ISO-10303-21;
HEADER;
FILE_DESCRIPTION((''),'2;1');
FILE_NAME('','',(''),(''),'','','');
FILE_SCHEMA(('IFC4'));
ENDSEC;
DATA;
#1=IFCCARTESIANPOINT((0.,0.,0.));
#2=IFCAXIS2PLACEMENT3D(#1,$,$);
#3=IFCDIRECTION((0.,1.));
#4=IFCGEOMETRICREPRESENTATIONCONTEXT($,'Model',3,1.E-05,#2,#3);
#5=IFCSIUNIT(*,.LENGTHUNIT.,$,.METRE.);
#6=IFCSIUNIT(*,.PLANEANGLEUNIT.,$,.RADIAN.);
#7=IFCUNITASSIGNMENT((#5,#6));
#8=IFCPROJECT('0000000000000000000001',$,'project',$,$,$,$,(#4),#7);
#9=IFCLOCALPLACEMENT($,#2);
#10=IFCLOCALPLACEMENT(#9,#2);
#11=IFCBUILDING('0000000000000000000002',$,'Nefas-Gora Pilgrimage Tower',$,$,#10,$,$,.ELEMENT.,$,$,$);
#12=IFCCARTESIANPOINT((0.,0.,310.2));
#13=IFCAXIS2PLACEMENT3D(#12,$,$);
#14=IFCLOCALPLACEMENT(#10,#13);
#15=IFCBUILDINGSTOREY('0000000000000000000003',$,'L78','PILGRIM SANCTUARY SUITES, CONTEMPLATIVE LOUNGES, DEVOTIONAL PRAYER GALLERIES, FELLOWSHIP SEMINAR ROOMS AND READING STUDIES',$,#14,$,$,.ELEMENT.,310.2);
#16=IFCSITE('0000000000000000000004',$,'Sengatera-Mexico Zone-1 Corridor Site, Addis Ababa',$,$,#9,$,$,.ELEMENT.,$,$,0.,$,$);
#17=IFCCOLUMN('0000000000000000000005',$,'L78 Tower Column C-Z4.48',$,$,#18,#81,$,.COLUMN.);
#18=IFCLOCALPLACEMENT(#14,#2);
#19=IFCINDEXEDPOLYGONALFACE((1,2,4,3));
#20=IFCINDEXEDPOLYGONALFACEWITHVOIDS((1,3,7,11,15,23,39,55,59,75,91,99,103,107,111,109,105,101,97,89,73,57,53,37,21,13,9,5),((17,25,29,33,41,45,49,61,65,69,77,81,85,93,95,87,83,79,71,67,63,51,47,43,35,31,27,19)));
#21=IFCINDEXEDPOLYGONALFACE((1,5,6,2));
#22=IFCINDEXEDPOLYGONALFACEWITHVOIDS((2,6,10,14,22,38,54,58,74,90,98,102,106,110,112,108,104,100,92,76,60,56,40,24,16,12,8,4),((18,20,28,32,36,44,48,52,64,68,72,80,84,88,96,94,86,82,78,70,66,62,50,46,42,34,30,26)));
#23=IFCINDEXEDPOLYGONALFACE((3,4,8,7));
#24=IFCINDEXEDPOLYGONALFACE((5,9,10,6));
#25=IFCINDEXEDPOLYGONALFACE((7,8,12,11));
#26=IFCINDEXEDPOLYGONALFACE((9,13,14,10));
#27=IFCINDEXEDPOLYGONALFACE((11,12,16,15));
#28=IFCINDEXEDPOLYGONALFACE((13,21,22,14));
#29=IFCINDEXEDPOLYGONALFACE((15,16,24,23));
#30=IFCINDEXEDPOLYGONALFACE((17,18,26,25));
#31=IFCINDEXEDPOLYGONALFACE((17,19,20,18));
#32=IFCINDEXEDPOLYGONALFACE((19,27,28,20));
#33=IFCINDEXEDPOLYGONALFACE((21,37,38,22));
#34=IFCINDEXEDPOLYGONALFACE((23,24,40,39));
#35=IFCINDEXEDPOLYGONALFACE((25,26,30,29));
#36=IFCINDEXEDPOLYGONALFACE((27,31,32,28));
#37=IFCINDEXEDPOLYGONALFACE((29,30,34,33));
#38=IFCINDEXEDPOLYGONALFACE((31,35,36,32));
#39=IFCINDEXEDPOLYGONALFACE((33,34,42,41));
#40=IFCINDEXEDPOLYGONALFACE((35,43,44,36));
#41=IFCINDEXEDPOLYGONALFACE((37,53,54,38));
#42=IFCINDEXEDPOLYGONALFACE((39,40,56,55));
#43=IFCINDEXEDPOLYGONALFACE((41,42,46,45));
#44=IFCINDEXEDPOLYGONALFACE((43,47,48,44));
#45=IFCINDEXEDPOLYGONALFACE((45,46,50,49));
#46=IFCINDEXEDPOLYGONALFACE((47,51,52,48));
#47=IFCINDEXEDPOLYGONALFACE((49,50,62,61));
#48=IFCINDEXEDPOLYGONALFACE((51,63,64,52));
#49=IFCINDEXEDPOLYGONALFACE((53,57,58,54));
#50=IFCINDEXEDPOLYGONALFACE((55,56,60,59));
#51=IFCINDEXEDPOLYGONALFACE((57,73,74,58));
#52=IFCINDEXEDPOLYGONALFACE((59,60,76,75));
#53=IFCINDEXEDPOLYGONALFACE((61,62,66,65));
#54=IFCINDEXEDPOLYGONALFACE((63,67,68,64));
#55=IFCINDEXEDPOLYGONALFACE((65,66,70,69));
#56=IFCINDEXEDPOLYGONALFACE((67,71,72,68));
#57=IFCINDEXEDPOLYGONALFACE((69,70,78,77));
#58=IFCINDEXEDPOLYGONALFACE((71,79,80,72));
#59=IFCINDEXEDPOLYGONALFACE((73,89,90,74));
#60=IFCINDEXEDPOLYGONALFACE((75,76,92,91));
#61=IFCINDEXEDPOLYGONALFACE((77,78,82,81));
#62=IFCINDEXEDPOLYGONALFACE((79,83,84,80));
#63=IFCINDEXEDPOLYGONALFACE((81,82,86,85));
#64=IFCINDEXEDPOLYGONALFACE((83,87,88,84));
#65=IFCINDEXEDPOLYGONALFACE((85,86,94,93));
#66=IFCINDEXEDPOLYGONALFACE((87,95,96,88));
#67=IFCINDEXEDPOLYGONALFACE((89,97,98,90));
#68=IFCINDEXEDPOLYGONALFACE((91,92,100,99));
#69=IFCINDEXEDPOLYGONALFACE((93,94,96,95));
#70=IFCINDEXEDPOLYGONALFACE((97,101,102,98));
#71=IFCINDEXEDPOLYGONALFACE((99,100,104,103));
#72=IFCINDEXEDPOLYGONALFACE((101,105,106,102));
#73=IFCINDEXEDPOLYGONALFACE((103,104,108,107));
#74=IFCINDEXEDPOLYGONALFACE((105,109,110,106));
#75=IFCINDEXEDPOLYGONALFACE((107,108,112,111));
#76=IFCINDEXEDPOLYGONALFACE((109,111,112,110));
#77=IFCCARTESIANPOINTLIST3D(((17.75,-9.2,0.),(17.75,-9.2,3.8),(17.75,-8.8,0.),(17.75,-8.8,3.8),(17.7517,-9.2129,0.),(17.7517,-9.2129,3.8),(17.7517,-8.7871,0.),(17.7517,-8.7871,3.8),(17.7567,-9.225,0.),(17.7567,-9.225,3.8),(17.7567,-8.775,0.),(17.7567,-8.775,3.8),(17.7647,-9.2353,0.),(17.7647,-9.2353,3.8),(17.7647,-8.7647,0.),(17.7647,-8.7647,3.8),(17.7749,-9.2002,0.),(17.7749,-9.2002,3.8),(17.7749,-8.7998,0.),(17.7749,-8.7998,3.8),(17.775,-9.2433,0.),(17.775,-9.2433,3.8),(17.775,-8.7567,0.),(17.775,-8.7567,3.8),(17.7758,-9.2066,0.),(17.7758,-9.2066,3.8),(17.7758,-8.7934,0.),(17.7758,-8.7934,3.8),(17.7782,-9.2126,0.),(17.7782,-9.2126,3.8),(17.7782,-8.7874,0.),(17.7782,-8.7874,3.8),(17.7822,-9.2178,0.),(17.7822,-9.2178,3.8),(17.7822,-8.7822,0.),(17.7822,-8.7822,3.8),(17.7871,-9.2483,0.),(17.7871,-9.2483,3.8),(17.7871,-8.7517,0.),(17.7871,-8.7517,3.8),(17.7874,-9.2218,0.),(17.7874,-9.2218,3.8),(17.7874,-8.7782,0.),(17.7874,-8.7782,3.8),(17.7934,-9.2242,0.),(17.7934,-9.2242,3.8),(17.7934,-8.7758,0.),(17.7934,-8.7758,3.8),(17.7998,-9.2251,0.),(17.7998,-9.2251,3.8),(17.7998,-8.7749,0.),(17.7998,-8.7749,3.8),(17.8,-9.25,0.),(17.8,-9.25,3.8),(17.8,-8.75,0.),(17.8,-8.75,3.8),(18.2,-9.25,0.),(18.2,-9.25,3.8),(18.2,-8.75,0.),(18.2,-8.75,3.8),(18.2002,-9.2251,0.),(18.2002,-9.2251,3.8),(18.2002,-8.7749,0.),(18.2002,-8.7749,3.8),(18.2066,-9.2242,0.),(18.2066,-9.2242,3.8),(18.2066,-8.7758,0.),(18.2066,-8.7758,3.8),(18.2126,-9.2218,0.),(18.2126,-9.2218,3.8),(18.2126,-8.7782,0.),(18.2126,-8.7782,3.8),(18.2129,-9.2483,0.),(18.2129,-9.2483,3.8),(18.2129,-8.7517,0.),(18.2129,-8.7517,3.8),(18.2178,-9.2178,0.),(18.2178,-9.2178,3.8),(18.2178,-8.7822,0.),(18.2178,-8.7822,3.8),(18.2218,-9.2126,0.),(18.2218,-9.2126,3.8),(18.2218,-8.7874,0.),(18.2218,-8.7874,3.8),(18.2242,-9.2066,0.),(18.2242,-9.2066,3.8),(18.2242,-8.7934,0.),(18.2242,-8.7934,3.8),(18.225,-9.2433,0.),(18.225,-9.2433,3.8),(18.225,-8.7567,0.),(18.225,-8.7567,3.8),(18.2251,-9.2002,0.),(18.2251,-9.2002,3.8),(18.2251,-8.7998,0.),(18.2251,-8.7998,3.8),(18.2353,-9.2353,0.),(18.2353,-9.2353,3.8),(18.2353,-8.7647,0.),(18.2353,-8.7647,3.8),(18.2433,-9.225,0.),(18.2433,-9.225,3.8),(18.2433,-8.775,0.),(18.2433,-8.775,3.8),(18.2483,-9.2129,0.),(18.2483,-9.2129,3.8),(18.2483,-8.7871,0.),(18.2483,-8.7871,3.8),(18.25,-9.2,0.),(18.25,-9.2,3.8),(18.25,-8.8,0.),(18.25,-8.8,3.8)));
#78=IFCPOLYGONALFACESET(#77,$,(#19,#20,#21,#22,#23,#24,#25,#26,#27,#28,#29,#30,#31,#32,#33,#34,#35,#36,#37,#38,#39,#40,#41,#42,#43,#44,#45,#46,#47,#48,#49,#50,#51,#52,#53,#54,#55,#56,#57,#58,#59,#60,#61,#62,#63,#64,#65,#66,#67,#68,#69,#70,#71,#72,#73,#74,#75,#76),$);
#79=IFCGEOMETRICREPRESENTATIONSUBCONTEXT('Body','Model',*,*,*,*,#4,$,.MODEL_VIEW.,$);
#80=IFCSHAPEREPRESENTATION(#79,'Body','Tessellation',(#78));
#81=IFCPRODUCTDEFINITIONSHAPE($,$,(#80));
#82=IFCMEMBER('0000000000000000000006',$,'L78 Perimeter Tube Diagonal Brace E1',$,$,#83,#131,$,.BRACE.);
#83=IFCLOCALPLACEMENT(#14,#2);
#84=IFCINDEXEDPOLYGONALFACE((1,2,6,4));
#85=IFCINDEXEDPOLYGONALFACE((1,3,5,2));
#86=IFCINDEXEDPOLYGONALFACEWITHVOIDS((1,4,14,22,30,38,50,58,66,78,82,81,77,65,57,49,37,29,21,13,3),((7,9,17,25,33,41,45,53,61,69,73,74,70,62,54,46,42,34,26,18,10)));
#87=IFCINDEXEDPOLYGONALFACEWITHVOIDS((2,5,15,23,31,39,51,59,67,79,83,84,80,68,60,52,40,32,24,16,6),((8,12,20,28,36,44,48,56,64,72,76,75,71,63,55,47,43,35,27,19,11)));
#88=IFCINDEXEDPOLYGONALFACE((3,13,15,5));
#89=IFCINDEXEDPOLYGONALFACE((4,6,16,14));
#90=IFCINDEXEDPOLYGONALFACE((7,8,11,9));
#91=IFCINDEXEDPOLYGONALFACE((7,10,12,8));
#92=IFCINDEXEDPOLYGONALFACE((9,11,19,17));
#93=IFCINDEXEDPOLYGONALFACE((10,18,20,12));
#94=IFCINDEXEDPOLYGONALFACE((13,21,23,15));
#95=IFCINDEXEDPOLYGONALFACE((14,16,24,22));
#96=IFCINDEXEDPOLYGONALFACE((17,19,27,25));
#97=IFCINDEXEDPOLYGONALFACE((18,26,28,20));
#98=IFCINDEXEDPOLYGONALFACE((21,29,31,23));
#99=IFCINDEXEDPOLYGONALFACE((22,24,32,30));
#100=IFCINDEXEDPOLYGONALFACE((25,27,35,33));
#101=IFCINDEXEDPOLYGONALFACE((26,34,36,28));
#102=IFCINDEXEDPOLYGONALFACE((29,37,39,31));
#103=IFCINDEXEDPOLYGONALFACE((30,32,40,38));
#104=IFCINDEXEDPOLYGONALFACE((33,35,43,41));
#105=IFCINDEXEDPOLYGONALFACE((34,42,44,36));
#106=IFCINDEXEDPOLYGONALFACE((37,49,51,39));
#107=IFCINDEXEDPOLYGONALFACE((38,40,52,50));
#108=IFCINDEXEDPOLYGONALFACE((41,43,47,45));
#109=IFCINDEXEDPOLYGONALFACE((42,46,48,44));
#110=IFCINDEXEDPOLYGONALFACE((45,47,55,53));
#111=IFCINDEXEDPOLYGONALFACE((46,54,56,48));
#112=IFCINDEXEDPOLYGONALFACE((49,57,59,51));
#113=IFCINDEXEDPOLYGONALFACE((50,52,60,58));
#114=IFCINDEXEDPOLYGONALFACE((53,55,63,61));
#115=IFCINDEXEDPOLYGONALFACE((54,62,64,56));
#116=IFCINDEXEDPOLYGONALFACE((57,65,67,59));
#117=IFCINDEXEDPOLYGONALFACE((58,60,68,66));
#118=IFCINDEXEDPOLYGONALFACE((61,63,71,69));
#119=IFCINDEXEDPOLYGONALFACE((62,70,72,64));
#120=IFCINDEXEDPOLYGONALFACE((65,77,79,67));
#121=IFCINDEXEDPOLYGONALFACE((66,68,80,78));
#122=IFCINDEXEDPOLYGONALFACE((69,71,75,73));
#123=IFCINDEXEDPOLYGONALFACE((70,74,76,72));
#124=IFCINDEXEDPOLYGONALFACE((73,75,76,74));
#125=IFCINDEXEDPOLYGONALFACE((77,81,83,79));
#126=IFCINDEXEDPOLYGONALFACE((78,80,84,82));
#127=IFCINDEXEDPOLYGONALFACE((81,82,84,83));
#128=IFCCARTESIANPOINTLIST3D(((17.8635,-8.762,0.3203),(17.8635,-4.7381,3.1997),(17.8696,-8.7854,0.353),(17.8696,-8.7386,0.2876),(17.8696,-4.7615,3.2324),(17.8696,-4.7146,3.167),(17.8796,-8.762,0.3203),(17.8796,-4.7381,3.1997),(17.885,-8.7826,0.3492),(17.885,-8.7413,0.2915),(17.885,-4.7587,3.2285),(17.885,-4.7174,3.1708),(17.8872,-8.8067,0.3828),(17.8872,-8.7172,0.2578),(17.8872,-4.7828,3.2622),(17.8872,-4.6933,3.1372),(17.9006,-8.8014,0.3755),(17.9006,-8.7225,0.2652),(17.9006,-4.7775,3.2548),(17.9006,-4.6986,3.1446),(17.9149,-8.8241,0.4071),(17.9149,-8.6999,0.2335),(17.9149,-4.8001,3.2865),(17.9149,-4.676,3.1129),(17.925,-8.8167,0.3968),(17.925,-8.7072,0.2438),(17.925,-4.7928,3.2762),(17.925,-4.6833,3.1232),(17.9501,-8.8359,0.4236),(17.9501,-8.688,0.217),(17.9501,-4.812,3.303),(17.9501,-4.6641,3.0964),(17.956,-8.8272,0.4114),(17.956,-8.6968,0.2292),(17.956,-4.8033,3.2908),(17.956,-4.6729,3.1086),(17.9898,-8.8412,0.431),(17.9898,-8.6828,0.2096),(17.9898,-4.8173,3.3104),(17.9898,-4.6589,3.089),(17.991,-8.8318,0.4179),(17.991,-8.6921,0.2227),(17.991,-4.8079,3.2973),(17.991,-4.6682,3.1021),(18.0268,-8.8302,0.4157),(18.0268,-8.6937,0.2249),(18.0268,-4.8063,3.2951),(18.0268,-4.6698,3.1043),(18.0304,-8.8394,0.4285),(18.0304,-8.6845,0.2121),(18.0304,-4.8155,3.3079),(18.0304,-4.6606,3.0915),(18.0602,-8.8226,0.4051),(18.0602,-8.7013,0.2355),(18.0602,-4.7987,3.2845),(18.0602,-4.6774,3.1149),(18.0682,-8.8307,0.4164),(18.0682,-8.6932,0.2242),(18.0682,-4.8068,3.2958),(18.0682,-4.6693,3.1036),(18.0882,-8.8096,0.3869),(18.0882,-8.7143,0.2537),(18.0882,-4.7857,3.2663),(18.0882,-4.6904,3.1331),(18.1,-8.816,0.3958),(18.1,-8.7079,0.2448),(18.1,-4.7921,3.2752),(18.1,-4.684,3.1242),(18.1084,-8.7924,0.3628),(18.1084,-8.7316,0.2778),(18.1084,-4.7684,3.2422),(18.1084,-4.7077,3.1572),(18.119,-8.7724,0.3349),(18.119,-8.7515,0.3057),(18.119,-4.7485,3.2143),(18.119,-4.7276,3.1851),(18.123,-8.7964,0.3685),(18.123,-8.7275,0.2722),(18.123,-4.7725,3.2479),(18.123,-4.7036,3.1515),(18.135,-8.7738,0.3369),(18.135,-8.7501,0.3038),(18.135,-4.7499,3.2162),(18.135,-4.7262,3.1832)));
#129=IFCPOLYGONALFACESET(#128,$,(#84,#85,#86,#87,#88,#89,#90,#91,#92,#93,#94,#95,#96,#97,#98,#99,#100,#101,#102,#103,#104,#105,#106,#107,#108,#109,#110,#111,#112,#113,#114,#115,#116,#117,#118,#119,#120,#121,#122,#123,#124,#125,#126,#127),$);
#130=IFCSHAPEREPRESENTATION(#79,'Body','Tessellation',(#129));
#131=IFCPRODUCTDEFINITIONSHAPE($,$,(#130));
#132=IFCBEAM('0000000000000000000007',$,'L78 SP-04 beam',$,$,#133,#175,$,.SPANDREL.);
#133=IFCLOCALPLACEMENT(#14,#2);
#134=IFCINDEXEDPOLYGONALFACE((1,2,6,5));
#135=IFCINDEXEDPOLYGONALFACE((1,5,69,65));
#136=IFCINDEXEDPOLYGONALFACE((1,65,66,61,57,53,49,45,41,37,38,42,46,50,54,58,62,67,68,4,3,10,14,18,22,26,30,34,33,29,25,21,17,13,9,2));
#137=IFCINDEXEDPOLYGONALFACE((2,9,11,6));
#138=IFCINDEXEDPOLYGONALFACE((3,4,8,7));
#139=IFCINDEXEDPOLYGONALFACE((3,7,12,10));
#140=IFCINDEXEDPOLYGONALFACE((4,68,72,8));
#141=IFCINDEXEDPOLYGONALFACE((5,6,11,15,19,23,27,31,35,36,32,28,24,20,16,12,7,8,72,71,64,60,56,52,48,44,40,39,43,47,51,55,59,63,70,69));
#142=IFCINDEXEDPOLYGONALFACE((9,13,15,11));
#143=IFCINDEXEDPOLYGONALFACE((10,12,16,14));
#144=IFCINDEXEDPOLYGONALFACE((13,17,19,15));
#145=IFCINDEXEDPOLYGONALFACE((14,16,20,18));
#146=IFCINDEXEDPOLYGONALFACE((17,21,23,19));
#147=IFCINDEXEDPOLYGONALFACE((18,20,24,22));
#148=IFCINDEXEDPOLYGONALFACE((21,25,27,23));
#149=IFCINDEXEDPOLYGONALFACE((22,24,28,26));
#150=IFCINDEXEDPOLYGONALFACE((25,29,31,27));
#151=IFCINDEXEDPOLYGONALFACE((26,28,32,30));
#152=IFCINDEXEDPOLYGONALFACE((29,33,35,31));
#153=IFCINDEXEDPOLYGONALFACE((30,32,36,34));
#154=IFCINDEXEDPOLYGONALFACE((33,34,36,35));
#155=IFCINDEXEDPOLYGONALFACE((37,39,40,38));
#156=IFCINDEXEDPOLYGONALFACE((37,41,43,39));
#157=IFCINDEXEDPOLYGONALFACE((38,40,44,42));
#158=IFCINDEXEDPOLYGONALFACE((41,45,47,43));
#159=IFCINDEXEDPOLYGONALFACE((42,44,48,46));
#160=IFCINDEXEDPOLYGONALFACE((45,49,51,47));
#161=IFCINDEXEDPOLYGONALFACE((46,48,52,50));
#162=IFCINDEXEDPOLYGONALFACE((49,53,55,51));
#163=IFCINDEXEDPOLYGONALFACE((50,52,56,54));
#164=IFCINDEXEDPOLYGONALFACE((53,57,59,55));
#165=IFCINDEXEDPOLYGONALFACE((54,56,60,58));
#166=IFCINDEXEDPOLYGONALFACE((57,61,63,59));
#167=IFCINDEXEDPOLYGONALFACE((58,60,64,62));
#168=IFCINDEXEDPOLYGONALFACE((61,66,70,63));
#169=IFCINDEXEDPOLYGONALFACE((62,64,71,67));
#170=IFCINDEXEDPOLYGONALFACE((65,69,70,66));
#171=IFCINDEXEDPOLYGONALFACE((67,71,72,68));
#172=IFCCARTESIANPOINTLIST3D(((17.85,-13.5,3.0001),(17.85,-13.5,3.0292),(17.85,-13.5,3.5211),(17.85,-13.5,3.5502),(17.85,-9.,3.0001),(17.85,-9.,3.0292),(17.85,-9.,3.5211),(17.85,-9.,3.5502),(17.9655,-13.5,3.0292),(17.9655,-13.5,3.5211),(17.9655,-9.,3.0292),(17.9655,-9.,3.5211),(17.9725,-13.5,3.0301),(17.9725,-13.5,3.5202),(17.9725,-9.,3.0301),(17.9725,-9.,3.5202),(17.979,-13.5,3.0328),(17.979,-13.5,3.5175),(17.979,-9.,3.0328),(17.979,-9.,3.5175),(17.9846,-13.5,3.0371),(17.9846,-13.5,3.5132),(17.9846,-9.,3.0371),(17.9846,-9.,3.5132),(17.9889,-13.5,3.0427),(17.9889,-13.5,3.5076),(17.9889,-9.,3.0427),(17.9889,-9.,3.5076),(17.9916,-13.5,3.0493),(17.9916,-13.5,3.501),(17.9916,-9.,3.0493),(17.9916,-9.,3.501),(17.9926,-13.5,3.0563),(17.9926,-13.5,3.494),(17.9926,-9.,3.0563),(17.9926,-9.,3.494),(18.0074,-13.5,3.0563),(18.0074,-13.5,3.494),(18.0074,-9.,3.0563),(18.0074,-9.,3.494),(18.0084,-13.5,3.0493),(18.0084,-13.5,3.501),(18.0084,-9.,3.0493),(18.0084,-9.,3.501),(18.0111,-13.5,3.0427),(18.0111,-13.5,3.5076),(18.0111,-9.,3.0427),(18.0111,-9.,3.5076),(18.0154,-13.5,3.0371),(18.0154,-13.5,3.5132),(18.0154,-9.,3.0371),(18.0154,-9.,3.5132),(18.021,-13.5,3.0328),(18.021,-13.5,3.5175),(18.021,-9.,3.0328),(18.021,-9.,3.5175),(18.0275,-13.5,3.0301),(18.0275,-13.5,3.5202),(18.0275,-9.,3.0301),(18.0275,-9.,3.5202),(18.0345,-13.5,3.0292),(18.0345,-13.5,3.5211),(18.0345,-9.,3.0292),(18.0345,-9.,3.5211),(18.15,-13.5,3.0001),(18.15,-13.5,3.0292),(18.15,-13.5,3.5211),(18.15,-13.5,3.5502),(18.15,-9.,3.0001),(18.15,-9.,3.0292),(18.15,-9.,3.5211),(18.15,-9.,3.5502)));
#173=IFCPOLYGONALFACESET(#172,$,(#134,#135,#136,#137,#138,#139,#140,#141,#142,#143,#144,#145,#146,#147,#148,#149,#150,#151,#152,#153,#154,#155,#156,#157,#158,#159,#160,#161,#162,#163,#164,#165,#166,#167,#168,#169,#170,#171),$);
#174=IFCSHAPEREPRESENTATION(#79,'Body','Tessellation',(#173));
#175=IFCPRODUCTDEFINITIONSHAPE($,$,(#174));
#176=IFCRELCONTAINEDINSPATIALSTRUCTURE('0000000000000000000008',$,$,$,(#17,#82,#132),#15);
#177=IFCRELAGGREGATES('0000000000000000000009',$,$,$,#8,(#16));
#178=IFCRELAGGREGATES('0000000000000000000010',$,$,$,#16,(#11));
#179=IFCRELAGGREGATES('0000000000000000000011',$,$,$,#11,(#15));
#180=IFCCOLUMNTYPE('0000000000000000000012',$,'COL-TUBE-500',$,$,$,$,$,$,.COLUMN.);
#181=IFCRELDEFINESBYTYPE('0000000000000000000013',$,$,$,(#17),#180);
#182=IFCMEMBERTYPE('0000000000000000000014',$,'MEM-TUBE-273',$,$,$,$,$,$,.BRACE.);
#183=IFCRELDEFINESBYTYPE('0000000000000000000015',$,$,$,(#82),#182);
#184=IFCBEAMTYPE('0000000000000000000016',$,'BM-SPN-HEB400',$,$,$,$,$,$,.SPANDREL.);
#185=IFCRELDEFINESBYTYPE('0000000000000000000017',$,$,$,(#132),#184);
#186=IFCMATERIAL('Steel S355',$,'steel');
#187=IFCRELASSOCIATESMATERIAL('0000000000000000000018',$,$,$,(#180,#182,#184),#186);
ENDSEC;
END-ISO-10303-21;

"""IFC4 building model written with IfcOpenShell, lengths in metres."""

from ifc_helpers import new_model, si_unit, direction, frame, origin, origin_2d, place, context, subcontext, project, spatial, hollow_rectangle, hollow_circle, i_section, extrude, source, transform, mapped, material, material_profile, profile_set, type_object, element, save


model = new_model("IFC4")

# Units and contexts
model_context = context("Model", 3, precision=1e-05, world=origin(), true_north=direction((0.0, 1.0)))
body_context = subcontext(model_context, "Body", "Model", "MODEL_VIEW")
ifc_project = project(units=[si_unit("LENGTHUNIT", "METRE"), si_unit("PLANEANGLEUNIT", "RADIAN")], contexts=[model_context])

# Site, building, storey
site_placement = place(None, origin())
site = spatial("IfcSite", under=ifc_project, at=site_placement, Name="Sengatera-Mexico Zone-1 Corridor Site, Addis Ababa", CompositionType="ELEMENT", RefElevation=0.0)
building_placement = place(site_placement, origin())
building = spatial("IfcBuilding", under=site, at=building_placement, Name="Nefas-Gora Pilgrimage Tower", CompositionType="ELEMENT")
storey_placement = place(building_placement, frame((0.0, 0.0, 310.2)))
storey = spatial("IfcBuildingStorey", under=building, at=storey_placement, Name="L78", Description="PILGRIM SANCTUARY SUITES, CONTEMPLATIVE LOUNGES, DEVOTIONAL PRAYER GALLERIES, FELLOWSHIP SEMINAR ROOMS AND READING STUDIES", CompositionType="ELEMENT", Elevation=310.2)

# Column
ifc_material_1 = material(Name="Steel S355", Category="steel")
ifc_material_profile_1 = material_profile(ifc_material_1, hollow_rectangle(XDim=0.5, YDim=0.5, WallThickness=0.0249, InnerFilletRadius=0.0249, OuterFilletRadius=0.05, at=origin_2d()), Name="SHS 500x500x25")
ifc_profile_set_1 = profile_set([ifc_material_profile_1], Name="Steel S355")
column_type_1 = type_object("IfcColumnType", Name="COL-TUBE-500", PredefinedType="COLUMN", material=ifc_profile_set_1)
shared_shape_1 = source(origin(), body_context, "Body", "SweptSolid", [
    extrude(hollow_rectangle(XDim=0.5, YDim=0.5, WallThickness=0.0249, InnerFilletRadius=0.0249, OuterFilletRadius=0.05, at=origin_2d()), origin(), (0.0, 0.0, 1.0), 3.8),
])
for number, where, z_axis, x_axis, name in (
    (1, (18.0, -9.0, 0.0), (0.0, 0.0, 1.0), (1.0, 0.0, 0.0), "L78 Tower Column C-Z4.48"),
):
    element("IfcColumn", number, at=place(storey_placement, frame(where, z_axis=z_axis, x_axis=x_axis)), inside=storey, type_object=column_type_1, Name=name, PredefinedType="COLUMN", context=body_context, shape_type="MappedRepresentation", body=[
        mapped(shared_shape_1, transform((0.0, 0.0, 0.0), x_axis=(1.0, 0.0, 0.0), y_axis=(0.0, 1.0, 0.0), z_axis=(0.0, 0.0, 1.0), scale=1.0)),
    ])

# Member
ifc_material_profile_2 = material_profile(ifc_material_1, hollow_circle(Radius=0.1365, WallThickness=0.0161, at=origin_2d()), Name="CHS 273x16")
ifc_profile_set_2 = profile_set([ifc_material_profile_2], Name="Steel S355")
member_type_1 = type_object("IfcMemberType", Name="MEM-TUBE-273", PredefinedType="BRACE", material=ifc_profile_set_2)
shared_shape_2 = source(origin(), body_context, "Body", "SweptSolid", [
    extrude(hollow_circle(Radius=0.1365, WallThickness=0.0161, at=origin_2d()), origin(), (0.0, 0.0, 1.0), 4.948),
])
member_1_placement = place(storey_placement, frame((18.0, -8.762, 0.3203), z_axis=(0.0, 0.81324, 0.581929), x_axis=(-1.0, 0.0, 0.0)))
element("IfcMember", 2, at=member_1_placement, inside=storey, type_object=member_type_1, Name="L78 Perimeter Tube Diagonal Brace E1", PredefinedType="BRACE", context=body_context, shape_type="MappedRepresentation", body=[
    mapped(shared_shape_2, transform((0.0, 0.0, 0.0), x_axis=(1.0, 0.0, 0.0), y_axis=(0.0, 1.0, 0.0), z_axis=(0.0, 0.0, 1.0), scale=1.0)),
])

# Beam
ifc_material_profile_3 = material_profile(ifc_material_1, i_section(OverallWidth=0.3, OverallDepth=0.55, WebThickness=0.0149, FlangeThickness=0.0291, FilletRadius=0.0271, at=origin_2d()), Name="HEB 550")
ifc_profile_set_3 = profile_set([ifc_material_profile_3], Name="Steel S355")
beam_type_1 = type_object("IfcBeamType", Name="BM-SPN-HEB400", PredefinedType="SPANDREL", material=ifc_profile_set_3)
shared_shape_3 = source(origin(), body_context, "Body", "SweptSolid", [
    extrude(i_section(OverallWidth=0.3, OverallDepth=0.55, WebThickness=0.0149, FlangeThickness=0.0291, FilletRadius=0.0271, at=origin_2d()), origin(), (0.0, 0.0, 1.0), 4.5),
])
for number, where, z_axis, x_axis, name in (
    (3, (18.0, -13.5, 3.2751), (0.0, 1.0, 0.0), (-1.0, 0.0, 0.0), "L78 SP-04 beam"),
):
    element("IfcBeam", number, at=place(storey_placement, frame(where, z_axis=z_axis, x_axis=x_axis)), inside=storey, type_object=beam_type_1, Name=name, PredefinedType="SPANDREL", context=body_context, shape_type="MappedRepresentation", body=[
        mapped(shared_shape_3, transform((0.0, 0.0, 0.0), x_axis=(1.0, 0.0, 0.0), y_axis=(0.0, 1.0, 0.0), z_axis=(0.0, 0.0, 1.0), scale=1.0)),
    ])

save(model, "model.ifc")
